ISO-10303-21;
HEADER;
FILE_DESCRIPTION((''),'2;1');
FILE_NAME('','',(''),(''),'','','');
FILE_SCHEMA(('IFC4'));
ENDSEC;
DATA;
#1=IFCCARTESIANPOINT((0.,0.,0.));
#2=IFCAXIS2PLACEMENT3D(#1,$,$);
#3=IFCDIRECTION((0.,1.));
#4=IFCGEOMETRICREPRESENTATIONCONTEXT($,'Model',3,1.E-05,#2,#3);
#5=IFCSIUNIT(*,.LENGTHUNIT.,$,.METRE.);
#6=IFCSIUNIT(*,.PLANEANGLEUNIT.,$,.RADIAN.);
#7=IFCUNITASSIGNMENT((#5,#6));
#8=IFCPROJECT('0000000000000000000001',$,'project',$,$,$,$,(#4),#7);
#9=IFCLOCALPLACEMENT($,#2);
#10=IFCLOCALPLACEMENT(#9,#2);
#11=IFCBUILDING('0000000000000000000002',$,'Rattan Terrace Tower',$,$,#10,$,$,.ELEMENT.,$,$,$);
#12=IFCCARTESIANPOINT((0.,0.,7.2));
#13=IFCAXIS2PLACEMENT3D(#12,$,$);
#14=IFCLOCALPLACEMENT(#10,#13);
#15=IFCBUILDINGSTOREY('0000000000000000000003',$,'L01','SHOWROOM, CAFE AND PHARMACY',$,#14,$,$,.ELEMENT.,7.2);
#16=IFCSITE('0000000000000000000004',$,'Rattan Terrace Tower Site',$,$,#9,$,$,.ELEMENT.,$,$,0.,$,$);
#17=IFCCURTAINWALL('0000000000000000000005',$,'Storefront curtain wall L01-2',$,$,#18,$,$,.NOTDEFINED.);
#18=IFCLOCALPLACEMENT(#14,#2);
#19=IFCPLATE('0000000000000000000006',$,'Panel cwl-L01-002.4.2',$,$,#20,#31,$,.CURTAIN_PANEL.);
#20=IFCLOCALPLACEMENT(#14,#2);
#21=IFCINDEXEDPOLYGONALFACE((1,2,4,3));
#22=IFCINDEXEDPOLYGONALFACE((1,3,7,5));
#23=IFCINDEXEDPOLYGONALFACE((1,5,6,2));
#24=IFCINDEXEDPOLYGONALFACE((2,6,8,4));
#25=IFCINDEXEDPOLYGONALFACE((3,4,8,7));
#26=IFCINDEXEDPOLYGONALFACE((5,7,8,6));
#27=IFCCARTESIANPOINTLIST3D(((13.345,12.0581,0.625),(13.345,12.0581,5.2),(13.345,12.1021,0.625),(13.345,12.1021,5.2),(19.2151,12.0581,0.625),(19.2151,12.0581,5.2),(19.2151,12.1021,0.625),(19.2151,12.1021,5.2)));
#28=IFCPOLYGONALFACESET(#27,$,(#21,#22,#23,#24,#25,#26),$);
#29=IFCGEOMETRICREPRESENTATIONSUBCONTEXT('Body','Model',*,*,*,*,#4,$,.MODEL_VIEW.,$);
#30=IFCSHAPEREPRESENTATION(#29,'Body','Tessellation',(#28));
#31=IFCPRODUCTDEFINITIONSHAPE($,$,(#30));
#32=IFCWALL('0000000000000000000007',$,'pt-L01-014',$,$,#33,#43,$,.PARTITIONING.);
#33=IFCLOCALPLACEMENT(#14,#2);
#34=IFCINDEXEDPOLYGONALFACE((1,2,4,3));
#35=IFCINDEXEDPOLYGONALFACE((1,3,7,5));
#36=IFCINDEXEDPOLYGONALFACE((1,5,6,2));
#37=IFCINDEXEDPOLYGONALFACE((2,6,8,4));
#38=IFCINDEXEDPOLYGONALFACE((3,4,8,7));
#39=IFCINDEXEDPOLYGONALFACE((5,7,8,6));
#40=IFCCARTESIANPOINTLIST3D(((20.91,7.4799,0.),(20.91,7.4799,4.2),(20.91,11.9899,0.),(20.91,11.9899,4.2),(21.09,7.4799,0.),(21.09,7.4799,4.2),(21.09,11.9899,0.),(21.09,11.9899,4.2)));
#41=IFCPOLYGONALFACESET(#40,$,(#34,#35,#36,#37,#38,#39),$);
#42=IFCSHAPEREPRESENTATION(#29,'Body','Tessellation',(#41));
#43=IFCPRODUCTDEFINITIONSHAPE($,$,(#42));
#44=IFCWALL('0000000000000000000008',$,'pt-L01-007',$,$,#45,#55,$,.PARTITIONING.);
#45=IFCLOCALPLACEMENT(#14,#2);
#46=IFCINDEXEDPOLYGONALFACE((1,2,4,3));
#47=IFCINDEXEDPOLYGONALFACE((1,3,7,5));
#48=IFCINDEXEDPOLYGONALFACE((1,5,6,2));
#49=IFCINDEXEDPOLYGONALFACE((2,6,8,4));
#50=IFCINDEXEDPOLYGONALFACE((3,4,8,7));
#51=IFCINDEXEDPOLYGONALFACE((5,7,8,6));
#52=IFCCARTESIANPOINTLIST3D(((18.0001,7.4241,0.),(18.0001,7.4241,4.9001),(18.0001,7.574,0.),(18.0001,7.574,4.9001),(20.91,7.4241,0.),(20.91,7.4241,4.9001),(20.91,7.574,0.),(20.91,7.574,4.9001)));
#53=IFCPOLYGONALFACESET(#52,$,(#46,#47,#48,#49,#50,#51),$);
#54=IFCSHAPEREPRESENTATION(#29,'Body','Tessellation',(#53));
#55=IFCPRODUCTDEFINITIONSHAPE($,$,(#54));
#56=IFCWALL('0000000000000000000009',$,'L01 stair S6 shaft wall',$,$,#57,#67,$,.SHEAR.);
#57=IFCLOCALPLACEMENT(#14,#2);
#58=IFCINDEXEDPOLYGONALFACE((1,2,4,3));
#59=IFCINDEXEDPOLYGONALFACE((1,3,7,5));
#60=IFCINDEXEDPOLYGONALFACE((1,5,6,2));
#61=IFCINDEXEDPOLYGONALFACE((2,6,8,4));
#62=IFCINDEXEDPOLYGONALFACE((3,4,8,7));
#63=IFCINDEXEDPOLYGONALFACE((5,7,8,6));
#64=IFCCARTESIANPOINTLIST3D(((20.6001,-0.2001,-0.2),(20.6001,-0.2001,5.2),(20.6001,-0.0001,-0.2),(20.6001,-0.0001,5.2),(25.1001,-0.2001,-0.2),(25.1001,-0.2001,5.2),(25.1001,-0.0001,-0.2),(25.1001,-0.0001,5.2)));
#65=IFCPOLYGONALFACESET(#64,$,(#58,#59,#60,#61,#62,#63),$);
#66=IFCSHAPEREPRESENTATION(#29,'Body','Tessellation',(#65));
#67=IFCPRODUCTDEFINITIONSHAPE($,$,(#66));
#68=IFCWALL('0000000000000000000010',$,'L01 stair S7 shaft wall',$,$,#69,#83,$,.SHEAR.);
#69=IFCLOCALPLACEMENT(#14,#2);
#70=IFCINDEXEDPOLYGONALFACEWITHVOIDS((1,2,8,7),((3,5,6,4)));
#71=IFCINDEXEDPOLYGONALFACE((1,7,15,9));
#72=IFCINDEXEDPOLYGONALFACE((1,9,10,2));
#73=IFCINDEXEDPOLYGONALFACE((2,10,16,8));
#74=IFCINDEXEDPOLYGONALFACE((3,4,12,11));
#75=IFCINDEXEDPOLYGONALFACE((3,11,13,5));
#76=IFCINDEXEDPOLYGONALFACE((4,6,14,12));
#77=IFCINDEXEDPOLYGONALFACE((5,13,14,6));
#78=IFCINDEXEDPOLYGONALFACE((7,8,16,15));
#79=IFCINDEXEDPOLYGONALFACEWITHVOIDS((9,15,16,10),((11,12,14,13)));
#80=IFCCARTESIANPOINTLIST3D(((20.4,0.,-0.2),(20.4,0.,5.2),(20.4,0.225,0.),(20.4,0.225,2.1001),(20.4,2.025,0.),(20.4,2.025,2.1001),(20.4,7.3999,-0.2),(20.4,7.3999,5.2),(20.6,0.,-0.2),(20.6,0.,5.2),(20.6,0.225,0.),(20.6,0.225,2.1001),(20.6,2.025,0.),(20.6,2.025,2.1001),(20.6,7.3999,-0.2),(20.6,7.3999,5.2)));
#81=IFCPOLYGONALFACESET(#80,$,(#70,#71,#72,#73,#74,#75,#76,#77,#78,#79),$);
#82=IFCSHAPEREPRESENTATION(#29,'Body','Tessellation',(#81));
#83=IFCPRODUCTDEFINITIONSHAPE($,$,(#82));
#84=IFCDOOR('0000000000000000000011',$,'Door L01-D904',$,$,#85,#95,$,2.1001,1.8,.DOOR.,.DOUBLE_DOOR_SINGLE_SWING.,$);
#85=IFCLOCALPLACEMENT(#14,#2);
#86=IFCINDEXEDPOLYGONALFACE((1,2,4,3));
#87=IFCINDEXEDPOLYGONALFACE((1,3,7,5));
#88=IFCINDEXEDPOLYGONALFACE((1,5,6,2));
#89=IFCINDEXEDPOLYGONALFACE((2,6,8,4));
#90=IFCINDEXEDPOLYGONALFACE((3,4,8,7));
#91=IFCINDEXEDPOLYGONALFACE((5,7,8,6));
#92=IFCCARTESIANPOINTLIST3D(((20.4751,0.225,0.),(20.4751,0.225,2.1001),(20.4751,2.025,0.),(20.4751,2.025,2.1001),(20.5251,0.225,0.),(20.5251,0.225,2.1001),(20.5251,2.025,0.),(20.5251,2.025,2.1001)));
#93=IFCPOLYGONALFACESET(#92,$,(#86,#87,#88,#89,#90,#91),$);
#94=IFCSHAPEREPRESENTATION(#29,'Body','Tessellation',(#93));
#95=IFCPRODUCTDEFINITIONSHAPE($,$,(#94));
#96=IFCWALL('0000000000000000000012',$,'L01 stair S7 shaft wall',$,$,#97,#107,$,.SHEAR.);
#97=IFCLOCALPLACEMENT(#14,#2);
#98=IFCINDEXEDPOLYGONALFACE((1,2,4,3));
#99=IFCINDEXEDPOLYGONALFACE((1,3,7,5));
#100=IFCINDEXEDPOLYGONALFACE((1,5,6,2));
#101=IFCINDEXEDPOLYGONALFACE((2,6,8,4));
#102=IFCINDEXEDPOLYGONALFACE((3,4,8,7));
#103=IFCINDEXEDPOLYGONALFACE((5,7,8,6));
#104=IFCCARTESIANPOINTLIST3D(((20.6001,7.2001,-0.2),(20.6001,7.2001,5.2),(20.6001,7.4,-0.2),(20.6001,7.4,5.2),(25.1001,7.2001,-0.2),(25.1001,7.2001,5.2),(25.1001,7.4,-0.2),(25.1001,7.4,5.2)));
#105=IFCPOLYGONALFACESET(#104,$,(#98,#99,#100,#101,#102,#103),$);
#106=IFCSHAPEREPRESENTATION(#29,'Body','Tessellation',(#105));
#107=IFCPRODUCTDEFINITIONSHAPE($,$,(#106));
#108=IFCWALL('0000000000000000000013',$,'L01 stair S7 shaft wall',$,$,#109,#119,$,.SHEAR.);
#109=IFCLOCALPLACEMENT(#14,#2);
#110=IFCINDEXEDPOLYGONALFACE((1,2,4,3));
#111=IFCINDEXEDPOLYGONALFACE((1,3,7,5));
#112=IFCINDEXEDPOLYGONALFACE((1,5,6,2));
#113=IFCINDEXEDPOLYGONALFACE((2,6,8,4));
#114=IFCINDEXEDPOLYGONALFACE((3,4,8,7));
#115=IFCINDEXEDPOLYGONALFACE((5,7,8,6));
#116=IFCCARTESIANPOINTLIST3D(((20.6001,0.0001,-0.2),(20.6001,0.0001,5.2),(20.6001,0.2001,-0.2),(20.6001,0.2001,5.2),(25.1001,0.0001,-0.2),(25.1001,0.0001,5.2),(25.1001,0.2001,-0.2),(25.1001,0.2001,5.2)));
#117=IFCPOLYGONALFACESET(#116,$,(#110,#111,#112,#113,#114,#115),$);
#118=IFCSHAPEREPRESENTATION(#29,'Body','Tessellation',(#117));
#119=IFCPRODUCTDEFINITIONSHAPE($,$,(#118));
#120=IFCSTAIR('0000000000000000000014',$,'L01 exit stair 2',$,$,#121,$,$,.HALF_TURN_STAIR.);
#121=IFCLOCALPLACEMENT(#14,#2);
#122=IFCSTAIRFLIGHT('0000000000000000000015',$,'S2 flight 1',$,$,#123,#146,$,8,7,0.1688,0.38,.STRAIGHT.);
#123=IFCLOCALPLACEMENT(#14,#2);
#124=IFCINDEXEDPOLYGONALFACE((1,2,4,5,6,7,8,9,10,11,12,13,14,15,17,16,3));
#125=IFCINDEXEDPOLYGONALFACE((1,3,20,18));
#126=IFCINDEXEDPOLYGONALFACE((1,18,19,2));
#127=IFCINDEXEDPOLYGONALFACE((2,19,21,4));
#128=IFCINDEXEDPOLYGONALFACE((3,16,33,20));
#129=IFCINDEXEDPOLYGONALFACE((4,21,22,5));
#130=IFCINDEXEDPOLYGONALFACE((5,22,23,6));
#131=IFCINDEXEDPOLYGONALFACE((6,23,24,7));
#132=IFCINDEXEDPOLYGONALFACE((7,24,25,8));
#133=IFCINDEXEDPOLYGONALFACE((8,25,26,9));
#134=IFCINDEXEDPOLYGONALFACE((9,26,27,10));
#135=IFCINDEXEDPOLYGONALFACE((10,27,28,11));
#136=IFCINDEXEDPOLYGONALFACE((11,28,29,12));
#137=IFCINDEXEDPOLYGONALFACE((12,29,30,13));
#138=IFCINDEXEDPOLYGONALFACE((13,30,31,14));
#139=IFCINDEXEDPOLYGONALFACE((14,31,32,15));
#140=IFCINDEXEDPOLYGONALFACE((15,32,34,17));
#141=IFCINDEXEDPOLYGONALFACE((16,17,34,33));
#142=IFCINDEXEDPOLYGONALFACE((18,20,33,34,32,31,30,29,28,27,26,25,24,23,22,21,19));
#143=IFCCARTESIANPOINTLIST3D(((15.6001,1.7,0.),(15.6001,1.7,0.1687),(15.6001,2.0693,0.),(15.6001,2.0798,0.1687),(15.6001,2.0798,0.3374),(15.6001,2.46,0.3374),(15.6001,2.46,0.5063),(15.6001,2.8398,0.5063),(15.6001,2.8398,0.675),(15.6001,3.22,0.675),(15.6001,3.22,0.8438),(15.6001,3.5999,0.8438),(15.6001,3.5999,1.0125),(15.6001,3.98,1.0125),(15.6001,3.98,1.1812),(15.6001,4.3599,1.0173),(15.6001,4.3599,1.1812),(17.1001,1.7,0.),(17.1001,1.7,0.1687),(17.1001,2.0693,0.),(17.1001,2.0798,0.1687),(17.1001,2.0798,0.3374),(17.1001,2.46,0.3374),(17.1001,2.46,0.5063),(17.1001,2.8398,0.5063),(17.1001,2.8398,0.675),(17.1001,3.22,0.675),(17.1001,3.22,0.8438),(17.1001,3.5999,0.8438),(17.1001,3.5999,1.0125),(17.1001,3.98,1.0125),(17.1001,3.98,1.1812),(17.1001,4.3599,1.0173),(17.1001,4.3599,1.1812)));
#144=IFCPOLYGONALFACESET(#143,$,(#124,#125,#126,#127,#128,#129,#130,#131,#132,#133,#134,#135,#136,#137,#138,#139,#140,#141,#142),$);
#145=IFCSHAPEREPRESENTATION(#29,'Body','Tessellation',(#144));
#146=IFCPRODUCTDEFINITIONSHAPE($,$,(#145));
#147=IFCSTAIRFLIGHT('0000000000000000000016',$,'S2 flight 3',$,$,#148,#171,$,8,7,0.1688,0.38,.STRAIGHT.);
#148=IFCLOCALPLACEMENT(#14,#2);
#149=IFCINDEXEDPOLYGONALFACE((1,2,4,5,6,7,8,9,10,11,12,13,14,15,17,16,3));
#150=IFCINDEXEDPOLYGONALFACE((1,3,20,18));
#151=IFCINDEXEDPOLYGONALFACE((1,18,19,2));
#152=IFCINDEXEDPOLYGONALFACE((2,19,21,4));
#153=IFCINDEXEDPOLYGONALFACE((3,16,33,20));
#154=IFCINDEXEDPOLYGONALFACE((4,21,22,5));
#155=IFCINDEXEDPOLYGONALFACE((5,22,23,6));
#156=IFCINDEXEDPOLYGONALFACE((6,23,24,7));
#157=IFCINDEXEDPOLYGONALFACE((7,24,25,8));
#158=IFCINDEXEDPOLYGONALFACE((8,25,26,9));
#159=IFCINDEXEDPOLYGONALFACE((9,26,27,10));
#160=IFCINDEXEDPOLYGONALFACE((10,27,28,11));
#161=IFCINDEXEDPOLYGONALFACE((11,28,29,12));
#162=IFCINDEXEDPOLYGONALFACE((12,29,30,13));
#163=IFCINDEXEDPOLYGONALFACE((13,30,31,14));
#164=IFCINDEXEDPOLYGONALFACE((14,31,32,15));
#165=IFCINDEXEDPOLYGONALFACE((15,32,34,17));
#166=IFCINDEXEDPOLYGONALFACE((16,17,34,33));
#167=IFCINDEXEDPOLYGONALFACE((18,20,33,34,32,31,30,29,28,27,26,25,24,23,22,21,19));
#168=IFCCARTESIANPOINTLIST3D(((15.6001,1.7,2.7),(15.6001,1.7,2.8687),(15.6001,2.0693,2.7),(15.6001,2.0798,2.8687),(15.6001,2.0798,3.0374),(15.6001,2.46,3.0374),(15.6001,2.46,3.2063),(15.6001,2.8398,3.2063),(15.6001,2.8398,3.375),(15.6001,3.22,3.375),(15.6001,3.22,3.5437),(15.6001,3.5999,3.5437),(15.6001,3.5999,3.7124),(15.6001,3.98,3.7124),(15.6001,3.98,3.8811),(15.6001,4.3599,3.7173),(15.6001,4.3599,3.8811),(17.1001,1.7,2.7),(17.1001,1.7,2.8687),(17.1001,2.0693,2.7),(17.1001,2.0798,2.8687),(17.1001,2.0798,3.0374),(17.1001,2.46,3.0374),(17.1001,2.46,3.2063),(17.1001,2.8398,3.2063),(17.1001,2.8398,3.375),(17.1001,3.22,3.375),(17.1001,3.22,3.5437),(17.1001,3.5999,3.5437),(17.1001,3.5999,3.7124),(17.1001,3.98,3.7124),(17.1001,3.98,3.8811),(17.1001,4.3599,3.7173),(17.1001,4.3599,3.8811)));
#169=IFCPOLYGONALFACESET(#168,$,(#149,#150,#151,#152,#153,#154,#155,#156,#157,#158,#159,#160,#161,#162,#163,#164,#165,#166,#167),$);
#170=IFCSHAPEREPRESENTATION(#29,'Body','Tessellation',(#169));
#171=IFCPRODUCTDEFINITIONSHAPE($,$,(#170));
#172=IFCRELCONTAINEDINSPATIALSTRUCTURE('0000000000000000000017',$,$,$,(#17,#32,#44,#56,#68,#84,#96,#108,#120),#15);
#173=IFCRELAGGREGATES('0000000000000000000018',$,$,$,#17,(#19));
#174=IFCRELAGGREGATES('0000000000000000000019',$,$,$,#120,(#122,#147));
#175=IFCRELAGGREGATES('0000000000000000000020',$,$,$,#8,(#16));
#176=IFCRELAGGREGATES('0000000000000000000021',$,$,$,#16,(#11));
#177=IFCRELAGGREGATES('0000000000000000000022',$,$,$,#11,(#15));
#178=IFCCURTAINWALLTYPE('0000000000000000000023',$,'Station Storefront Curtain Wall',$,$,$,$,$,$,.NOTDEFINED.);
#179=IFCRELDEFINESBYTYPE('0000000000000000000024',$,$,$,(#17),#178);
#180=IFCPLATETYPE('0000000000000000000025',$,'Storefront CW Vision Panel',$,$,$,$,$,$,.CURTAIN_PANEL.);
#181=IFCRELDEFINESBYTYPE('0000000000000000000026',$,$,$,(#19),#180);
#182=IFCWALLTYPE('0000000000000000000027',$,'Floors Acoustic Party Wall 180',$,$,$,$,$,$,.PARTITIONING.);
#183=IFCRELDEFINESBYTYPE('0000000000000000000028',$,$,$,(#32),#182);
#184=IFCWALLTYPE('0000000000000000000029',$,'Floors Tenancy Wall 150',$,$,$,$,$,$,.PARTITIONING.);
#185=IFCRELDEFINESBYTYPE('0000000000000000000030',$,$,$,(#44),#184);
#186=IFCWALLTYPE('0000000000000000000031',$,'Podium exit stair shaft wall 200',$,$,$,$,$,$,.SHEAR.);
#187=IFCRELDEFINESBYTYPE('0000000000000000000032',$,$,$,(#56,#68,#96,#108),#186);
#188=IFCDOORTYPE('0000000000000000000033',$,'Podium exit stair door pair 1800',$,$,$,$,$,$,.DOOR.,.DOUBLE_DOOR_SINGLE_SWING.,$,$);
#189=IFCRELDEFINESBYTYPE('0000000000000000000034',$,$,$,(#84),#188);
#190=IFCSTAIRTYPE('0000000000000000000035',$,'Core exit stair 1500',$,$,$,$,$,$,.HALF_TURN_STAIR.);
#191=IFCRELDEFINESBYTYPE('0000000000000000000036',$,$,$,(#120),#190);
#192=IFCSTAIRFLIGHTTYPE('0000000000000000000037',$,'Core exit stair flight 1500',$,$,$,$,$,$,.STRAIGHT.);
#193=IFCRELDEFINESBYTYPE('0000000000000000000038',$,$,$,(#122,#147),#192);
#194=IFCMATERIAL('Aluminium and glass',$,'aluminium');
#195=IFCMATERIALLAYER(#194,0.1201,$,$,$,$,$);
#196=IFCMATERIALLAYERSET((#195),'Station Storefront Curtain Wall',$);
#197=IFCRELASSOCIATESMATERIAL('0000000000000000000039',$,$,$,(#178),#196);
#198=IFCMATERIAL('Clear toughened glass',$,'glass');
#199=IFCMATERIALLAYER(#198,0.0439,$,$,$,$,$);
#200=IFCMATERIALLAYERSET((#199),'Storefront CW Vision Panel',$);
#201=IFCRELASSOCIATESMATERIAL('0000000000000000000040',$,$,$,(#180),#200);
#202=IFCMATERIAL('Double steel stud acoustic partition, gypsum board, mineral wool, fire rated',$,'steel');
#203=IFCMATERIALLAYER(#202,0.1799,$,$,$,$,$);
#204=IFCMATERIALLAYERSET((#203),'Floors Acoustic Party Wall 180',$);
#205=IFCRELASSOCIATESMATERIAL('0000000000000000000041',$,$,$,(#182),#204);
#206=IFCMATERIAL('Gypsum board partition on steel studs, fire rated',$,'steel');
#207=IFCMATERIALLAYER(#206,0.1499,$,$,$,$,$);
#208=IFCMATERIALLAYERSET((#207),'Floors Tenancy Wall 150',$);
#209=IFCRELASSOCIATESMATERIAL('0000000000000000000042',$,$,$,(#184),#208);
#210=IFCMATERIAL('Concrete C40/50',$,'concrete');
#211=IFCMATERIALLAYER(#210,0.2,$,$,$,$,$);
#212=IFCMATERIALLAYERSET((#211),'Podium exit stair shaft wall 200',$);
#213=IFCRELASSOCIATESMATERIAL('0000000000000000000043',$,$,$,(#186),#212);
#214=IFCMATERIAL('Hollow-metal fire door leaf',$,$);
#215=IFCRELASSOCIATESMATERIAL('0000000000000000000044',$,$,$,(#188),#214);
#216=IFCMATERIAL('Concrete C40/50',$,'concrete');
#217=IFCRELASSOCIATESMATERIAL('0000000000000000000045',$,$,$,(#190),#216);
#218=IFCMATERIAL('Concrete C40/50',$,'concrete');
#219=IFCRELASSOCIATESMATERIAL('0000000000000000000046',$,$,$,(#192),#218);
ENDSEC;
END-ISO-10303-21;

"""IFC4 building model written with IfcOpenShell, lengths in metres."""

from ifc_helpers import new_model, si_unit, direction, frame, frame_2d, origin, origin_2d, place, context, subcontext, project, spatial, polyline, rectangle, outline, extrude, material, layer, layer_set, type_object, element, fill, aggregate, save


model = new_model("IFC4")

# Units and contexts
model_context = context("Model", 3, precision=1e-05, world=origin(), true_north=direction((0.0, 1.0)))
body_context = subcontext(model_context, "Body", "Model", "MODEL_VIEW")
ifc_project = project(units=[si_unit("LENGTHUNIT", "METRE"), si_unit("PLANEANGLEUNIT", "RADIAN")], contexts=[model_context])

# Site, building, storey
site_placement = place(None, origin())
site = spatial("IfcSite", under=ifc_project, at=site_placement, Name="Rattan Terrace Tower Site", CompositionType="ELEMENT", RefElevation=0.0)
building_placement = place(site_placement, origin())
building = spatial("IfcBuilding", under=site, at=building_placement, Name="Rattan Terrace Tower", CompositionType="ELEMENT")
storey_placement = place(building_placement, frame((0.0, 0.0, 7.2)))
storey = spatial("IfcBuildingStorey", under=building, at=storey_placement, Name="L01", Description="SHOWROOM, CAFE AND PHARMACY", CompositionType="ELEMENT", Elevation=7.2)

# Curtain wall, plate
ifc_material_1 = material(Name="Aluminium and glass", Category="aluminium")
ifc_layer_1 = layer(ifc_material_1, 0.1201)
ifc_layer_set_1 = layer_set([ifc_layer_1], Name="Station Storefront Curtain Wall")
curtain_wall_type = type_object("IfcCurtainWallType", Name="Station Storefront Curtain Wall", PredefinedType="NOTDEFINED", material=ifc_layer_set_1)
curtain_wall_placement = place(storey_placement, origin())
curtain_wall = element("IfcCurtainWall", 1, at=curtain_wall_placement, inside=storey, type_object=curtain_wall_type, Name="Storefront curtain wall L01-2", PredefinedType="NOTDEFINED")
ifc_material_2 = material(Name="Clear toughened glass", Category="glass")
ifc_layer_2 = layer(ifc_material_2, 0.0439)
ifc_layer_set_2 = layer_set([ifc_layer_2], Name="Storefront CW Vision Panel")
plate_type_1 = type_object("IfcPlateType", Name="Storefront CW Vision Panel", PredefinedType="CURTAIN_PANEL", material=ifc_layer_set_2)
plate_1_placement = place(storey_placement, frame((16.28, 12.0801, 0.625), z_axis=(0.0, 0.0, 1.0), x_axis=(-1.0, 0.0, 0.0)))
plate_1 = element("IfcPlate", 2, at=plate_1_placement, type_object=plate_type_1, Name="Panel cwl-L01-002.4.2", PredefinedType="CURTAIN_PANEL", context=body_context, shape_type="SweptSolid", body=[
    extrude(rectangle(XDim=5.8701, YDim=0.0439, at=origin_2d()), origin(), (0.0, 0.0, 1.0), 4.575),
])
aggregate(curtain_wall, [plate_1])

# Walls
ifc_material_3 = material(Name="Double steel stud acoustic partition, gypsum board, mineral wool, fire rated", Category="steel")
ifc_layer_3 = layer(ifc_material_3, 0.1799)
ifc_layer_set_3 = layer_set([ifc_layer_3], Name="Floors Acoustic Party Wall 180")
wall_type_1 = type_object("IfcWallType", Name="Floors Acoustic Party Wall 180", PredefinedType="PARTITIONING", material=ifc_layer_set_3)
wall_1_placement = place(storey_placement, frame((21.0, 7.48, 0.0), z_axis=(0.0, 0.0, 1.0), x_axis=(0.0, 1.0, 0.0)))
element("IfcWall", 3, at=wall_1_placement, inside=storey, type_object=wall_type_1, Name="pt-L01-014", PredefinedType="PARTITIONING", context=body_context, shape_type="SweptSolid", body=[
    extrude(rectangle(XDim=4.51, YDim=0.1799, at=frame_2d((2.2549, 0.0))), origin(), (0.0, 0.0, 1.0), 4.2),
])
ifc_material_4 = material(Name="Gypsum board partition on steel studs, fire rated", Category="steel")
ifc_layer_4 = layer(ifc_material_4, 0.1499)
ifc_layer_set_4 = layer_set([ifc_layer_4], Name="Floors Tenancy Wall 150")
wall_type_2 = type_object("IfcWallType", Name="Floors Tenancy Wall 150", PredefinedType="PARTITIONING", material=ifc_layer_set_4)
wall_2_placement = place(storey_placement, frame((18.0, 7.499, 0.0), z_axis=(0.0, 0.0, 1.0), x_axis=(1.0, 0.0, 0.0)))
element("IfcWall", 4, at=wall_2_placement, inside=storey, type_object=wall_type_2, Name="pt-L01-007", PredefinedType="PARTITIONING", context=body_context, shape_type="SweptSolid", body=[
    extrude(rectangle(XDim=2.9099, YDim=0.1499, at=frame_2d((1.4551, 0.0))), origin(), (0.0, 0.0, 1.0), 4.9001),
])
ifc_material_5 = material(Name="Concrete C40/50", Category="concrete")
ifc_layer_5 = layer(ifc_material_5, 0.2)
ifc_layer_set_5 = layer_set([ifc_layer_5], Name="Podium exit stair shaft wall 200")
wall_type_3 = type_object("IfcWallType", Name="Podium exit stair shaft wall 200", PredefinedType="SHEAR", material=ifc_layer_set_5)
wall_3_placement = place(storey_placement, frame((20.6001, -0.1001, -0.2), z_axis=(0.0, 0.0, 1.0), x_axis=(1.0, 0.0, 0.0)))
element("IfcWall", 5, at=wall_3_placement, inside=storey, type_object=wall_type_3, Name="L01 stair S6 shaft wall", PredefinedType="SHEAR", context=body_context, shape_type="SweptSolid", body=[
    extrude(rectangle(XDim=4.5, YDim=0.2, at=frame_2d((2.25, 0.0))), origin(), (0.0, 0.0, 1.0), 5.3999),
])

# Wall, opening, door
wall_4_placement = place(storey_placement, frame((20.5, 0.0, -0.2), z_axis=(0.0, 0.0, 1.0), x_axis=(0.0, 1.0, 0.0)))
wall_4 = element("IfcWall", 6, at=wall_4_placement, inside=storey, type_object=wall_type_3, Name="L01 stair S7 shaft wall", PredefinedType="SHEAR", context=body_context, shape_type="SweptSolid", body=[
    extrude(rectangle(XDim=7.3999, YDim=0.2, at=frame_2d((3.7, 0.0))), origin(), (0.0, 0.0, 1.0), 5.3999),
])
opening_placement = place(wall_4_placement, frame((0.2251, 0.0, 0.2)))
opening = element("IfcOpeningElement", 7, at=opening_placement, cuts=wall_4, PredefinedType="OPENING", context=body_context, shape_type="SweptSolid", body=[
    extrude(rectangle(XDim=1.8, YDim=2.1001, at=frame_2d((0.8999, 1.05))), frame((0.0, 0.1106, 0.0), z_axis=(0.0, -1.0, 0.0), x_axis=(1.0, 0.0, 0.0)), (0.0, 0.0, 1.0), 0.2209),
])
ifc_material_6 = material(Name="Hollow-metal fire door leaf")
door_type = type_object("IfcDoorType", Name="Podium exit stair door pair 1800", OperationType="DOUBLE_DOOR_SINGLE_SWING", PredefinedType="DOOR", material=ifc_material_6)
door_placement = place(opening_placement, origin())
door = element("IfcDoor", 8, at=door_placement, inside=storey, type_object=door_type, Name="Door L01-D904", OperationType="DOUBLE_DOOR_SINGLE_SWING", OverallHeight=2.1001, OverallWidth=1.8, PredefinedType="DOOR", context=body_context, shape_type="SweptSolid", body=[
    extrude(rectangle(XDim=1.8, YDim=2.1001, at=frame_2d((0.8999, 1.05))), frame((0.0, 0.0249, 0.0), z_axis=(0.0, -1.0, 0.0), x_axis=(1.0, 0.0, 0.0)), (0.0, 0.0, 1.0), 0.05),
])
fill(opening, door)

# Walls
for number, where, z_axis, x_axis, name in (
    (9, (20.6001, 7.3, -0.2), (0.0, 0.0, 1.0), (1.0, 0.0, 0.0), "L01 stair S7 shaft wall"),
    (10, (20.6001, 0.1001, -0.2), (0.0, 0.0, 1.0), (1.0, 0.0, 0.0), "L01 stair S7 shaft wall"),
):
    element("IfcWall", number, at=place(storey_placement, frame(where, z_axis=z_axis, x_axis=x_axis)), inside=storey, type_object=wall_type_3, Name=name, PredefinedType="SHEAR", context=body_context, shape_type="SweptSolid", body=[
        extrude(rectangle(XDim=4.5, YDim=0.2, at=frame_2d((2.25, 0.0))), origin(), (0.0, 0.0, 1.0), 5.3999),
    ])

# Stair, stair flights
ifc_material_7 = material(Name="Concrete C40/50", Category="concrete")
stair_type_1 = type_object("IfcStairType", Name="Core exit stair 1500", PredefinedType="HALF_TURN_STAIR", material=ifc_material_7)
stair_1_placement = place(storey_placement, origin())
stair_1 = element("IfcStair", 11, at=stair_1_placement, inside=storey, type_object=stair_type_1, Name="L01 exit stair 2", PredefinedType="HALF_TURN_STAIR")
ifc_material_8 = material(Name="Concrete C40/50", Category="concrete")
stair_flight_type_1 = type_object("IfcStairFlightType", Name="Core exit stair flight 1500", PredefinedType="STRAIGHT", material=ifc_material_8)
stair_flight_1_placement = place(storey_placement, frame((16.3501, 1.7, 0.0), z_axis=(0.0, 0.0, 1.0), x_axis=(0.0, 1.0, 0.0)))
stair_flight_1 = element("IfcStairFlight", 12, at=stair_flight_1_placement, type_object=stair_flight_type_1, Name="S2 flight 1", NumberOfRisers=8, NumberOfTreads=7, PredefinedType="STRAIGHT", RiserHeight=0.1688, TreadLength=0.38, context=body_context, shape_type="SweptSolid", body=[
    extrude(outline(polyline([(0.0, 0.0), (0.0, 0.1687), (0.3799, 0.1687), (0.3799, 0.3374), (0.76, 0.3374), (0.76, 0.5063), (1.1399, 0.5063), (1.1399, 0.675), (1.52, 0.675), (1.52, 0.8438), (1.8999, 0.8438), (1.8999, 1.0125), (2.28, 1.0125), (2.28, 1.1812), (2.6599, 1.1812), (2.6599, 1.3501), (2.6599, 1.0173), (0.3694, 0.0), (0.0, 0.0)])), frame((0.0, 0.75, 0.0), z_axis=(0.0, -1.0, 0.0), x_axis=(1.0, 0.0, 0.0)), (0.0, 0.0, 1.0), 1.5),
])
stair_flight_2_placement = place(storey_placement, frame((16.3501, 1.7, 2.7), z_axis=(0.0, 0.0, 1.0), x_axis=(0.0, 1.0, 0.0)))
stair_flight_2 = element("IfcStairFlight", 13, at=stair_flight_2_placement, type_object=stair_flight_type_1, Name="S2 flight 3", NumberOfRisers=8, NumberOfTreads=7, PredefinedType="STRAIGHT", RiserHeight=0.1688, TreadLength=0.38, context=body_context, shape_type="SweptSolid", body=[
    extrude(outline(polyline([(0.0, 0.0), (0.0, 0.1687), (0.3799, 0.1687), (0.3799, 0.3374), (0.76, 0.3374), (0.76, 0.5063), (1.1399, 0.5063), (1.1399, 0.675), (1.52, 0.675), (1.52, 0.8438), (1.8999, 0.8438), (1.8999, 1.0125), (2.28, 1.0125), (2.28, 1.1812), (2.6599, 1.1812), (2.6599, 1.3501), (2.6599, 1.0173), (0.3694, 0.0), (0.0, 0.0)])), frame((0.0, 0.75, 0.0), z_axis=(0.0, -1.0, 0.0), x_axis=(1.0, 0.0, 0.0)), (0.0, 0.0, 1.0), 1.5),
])
aggregate(stair_1, [stair_flight_1, stair_flight_2])

save(model, "model.ifc")
